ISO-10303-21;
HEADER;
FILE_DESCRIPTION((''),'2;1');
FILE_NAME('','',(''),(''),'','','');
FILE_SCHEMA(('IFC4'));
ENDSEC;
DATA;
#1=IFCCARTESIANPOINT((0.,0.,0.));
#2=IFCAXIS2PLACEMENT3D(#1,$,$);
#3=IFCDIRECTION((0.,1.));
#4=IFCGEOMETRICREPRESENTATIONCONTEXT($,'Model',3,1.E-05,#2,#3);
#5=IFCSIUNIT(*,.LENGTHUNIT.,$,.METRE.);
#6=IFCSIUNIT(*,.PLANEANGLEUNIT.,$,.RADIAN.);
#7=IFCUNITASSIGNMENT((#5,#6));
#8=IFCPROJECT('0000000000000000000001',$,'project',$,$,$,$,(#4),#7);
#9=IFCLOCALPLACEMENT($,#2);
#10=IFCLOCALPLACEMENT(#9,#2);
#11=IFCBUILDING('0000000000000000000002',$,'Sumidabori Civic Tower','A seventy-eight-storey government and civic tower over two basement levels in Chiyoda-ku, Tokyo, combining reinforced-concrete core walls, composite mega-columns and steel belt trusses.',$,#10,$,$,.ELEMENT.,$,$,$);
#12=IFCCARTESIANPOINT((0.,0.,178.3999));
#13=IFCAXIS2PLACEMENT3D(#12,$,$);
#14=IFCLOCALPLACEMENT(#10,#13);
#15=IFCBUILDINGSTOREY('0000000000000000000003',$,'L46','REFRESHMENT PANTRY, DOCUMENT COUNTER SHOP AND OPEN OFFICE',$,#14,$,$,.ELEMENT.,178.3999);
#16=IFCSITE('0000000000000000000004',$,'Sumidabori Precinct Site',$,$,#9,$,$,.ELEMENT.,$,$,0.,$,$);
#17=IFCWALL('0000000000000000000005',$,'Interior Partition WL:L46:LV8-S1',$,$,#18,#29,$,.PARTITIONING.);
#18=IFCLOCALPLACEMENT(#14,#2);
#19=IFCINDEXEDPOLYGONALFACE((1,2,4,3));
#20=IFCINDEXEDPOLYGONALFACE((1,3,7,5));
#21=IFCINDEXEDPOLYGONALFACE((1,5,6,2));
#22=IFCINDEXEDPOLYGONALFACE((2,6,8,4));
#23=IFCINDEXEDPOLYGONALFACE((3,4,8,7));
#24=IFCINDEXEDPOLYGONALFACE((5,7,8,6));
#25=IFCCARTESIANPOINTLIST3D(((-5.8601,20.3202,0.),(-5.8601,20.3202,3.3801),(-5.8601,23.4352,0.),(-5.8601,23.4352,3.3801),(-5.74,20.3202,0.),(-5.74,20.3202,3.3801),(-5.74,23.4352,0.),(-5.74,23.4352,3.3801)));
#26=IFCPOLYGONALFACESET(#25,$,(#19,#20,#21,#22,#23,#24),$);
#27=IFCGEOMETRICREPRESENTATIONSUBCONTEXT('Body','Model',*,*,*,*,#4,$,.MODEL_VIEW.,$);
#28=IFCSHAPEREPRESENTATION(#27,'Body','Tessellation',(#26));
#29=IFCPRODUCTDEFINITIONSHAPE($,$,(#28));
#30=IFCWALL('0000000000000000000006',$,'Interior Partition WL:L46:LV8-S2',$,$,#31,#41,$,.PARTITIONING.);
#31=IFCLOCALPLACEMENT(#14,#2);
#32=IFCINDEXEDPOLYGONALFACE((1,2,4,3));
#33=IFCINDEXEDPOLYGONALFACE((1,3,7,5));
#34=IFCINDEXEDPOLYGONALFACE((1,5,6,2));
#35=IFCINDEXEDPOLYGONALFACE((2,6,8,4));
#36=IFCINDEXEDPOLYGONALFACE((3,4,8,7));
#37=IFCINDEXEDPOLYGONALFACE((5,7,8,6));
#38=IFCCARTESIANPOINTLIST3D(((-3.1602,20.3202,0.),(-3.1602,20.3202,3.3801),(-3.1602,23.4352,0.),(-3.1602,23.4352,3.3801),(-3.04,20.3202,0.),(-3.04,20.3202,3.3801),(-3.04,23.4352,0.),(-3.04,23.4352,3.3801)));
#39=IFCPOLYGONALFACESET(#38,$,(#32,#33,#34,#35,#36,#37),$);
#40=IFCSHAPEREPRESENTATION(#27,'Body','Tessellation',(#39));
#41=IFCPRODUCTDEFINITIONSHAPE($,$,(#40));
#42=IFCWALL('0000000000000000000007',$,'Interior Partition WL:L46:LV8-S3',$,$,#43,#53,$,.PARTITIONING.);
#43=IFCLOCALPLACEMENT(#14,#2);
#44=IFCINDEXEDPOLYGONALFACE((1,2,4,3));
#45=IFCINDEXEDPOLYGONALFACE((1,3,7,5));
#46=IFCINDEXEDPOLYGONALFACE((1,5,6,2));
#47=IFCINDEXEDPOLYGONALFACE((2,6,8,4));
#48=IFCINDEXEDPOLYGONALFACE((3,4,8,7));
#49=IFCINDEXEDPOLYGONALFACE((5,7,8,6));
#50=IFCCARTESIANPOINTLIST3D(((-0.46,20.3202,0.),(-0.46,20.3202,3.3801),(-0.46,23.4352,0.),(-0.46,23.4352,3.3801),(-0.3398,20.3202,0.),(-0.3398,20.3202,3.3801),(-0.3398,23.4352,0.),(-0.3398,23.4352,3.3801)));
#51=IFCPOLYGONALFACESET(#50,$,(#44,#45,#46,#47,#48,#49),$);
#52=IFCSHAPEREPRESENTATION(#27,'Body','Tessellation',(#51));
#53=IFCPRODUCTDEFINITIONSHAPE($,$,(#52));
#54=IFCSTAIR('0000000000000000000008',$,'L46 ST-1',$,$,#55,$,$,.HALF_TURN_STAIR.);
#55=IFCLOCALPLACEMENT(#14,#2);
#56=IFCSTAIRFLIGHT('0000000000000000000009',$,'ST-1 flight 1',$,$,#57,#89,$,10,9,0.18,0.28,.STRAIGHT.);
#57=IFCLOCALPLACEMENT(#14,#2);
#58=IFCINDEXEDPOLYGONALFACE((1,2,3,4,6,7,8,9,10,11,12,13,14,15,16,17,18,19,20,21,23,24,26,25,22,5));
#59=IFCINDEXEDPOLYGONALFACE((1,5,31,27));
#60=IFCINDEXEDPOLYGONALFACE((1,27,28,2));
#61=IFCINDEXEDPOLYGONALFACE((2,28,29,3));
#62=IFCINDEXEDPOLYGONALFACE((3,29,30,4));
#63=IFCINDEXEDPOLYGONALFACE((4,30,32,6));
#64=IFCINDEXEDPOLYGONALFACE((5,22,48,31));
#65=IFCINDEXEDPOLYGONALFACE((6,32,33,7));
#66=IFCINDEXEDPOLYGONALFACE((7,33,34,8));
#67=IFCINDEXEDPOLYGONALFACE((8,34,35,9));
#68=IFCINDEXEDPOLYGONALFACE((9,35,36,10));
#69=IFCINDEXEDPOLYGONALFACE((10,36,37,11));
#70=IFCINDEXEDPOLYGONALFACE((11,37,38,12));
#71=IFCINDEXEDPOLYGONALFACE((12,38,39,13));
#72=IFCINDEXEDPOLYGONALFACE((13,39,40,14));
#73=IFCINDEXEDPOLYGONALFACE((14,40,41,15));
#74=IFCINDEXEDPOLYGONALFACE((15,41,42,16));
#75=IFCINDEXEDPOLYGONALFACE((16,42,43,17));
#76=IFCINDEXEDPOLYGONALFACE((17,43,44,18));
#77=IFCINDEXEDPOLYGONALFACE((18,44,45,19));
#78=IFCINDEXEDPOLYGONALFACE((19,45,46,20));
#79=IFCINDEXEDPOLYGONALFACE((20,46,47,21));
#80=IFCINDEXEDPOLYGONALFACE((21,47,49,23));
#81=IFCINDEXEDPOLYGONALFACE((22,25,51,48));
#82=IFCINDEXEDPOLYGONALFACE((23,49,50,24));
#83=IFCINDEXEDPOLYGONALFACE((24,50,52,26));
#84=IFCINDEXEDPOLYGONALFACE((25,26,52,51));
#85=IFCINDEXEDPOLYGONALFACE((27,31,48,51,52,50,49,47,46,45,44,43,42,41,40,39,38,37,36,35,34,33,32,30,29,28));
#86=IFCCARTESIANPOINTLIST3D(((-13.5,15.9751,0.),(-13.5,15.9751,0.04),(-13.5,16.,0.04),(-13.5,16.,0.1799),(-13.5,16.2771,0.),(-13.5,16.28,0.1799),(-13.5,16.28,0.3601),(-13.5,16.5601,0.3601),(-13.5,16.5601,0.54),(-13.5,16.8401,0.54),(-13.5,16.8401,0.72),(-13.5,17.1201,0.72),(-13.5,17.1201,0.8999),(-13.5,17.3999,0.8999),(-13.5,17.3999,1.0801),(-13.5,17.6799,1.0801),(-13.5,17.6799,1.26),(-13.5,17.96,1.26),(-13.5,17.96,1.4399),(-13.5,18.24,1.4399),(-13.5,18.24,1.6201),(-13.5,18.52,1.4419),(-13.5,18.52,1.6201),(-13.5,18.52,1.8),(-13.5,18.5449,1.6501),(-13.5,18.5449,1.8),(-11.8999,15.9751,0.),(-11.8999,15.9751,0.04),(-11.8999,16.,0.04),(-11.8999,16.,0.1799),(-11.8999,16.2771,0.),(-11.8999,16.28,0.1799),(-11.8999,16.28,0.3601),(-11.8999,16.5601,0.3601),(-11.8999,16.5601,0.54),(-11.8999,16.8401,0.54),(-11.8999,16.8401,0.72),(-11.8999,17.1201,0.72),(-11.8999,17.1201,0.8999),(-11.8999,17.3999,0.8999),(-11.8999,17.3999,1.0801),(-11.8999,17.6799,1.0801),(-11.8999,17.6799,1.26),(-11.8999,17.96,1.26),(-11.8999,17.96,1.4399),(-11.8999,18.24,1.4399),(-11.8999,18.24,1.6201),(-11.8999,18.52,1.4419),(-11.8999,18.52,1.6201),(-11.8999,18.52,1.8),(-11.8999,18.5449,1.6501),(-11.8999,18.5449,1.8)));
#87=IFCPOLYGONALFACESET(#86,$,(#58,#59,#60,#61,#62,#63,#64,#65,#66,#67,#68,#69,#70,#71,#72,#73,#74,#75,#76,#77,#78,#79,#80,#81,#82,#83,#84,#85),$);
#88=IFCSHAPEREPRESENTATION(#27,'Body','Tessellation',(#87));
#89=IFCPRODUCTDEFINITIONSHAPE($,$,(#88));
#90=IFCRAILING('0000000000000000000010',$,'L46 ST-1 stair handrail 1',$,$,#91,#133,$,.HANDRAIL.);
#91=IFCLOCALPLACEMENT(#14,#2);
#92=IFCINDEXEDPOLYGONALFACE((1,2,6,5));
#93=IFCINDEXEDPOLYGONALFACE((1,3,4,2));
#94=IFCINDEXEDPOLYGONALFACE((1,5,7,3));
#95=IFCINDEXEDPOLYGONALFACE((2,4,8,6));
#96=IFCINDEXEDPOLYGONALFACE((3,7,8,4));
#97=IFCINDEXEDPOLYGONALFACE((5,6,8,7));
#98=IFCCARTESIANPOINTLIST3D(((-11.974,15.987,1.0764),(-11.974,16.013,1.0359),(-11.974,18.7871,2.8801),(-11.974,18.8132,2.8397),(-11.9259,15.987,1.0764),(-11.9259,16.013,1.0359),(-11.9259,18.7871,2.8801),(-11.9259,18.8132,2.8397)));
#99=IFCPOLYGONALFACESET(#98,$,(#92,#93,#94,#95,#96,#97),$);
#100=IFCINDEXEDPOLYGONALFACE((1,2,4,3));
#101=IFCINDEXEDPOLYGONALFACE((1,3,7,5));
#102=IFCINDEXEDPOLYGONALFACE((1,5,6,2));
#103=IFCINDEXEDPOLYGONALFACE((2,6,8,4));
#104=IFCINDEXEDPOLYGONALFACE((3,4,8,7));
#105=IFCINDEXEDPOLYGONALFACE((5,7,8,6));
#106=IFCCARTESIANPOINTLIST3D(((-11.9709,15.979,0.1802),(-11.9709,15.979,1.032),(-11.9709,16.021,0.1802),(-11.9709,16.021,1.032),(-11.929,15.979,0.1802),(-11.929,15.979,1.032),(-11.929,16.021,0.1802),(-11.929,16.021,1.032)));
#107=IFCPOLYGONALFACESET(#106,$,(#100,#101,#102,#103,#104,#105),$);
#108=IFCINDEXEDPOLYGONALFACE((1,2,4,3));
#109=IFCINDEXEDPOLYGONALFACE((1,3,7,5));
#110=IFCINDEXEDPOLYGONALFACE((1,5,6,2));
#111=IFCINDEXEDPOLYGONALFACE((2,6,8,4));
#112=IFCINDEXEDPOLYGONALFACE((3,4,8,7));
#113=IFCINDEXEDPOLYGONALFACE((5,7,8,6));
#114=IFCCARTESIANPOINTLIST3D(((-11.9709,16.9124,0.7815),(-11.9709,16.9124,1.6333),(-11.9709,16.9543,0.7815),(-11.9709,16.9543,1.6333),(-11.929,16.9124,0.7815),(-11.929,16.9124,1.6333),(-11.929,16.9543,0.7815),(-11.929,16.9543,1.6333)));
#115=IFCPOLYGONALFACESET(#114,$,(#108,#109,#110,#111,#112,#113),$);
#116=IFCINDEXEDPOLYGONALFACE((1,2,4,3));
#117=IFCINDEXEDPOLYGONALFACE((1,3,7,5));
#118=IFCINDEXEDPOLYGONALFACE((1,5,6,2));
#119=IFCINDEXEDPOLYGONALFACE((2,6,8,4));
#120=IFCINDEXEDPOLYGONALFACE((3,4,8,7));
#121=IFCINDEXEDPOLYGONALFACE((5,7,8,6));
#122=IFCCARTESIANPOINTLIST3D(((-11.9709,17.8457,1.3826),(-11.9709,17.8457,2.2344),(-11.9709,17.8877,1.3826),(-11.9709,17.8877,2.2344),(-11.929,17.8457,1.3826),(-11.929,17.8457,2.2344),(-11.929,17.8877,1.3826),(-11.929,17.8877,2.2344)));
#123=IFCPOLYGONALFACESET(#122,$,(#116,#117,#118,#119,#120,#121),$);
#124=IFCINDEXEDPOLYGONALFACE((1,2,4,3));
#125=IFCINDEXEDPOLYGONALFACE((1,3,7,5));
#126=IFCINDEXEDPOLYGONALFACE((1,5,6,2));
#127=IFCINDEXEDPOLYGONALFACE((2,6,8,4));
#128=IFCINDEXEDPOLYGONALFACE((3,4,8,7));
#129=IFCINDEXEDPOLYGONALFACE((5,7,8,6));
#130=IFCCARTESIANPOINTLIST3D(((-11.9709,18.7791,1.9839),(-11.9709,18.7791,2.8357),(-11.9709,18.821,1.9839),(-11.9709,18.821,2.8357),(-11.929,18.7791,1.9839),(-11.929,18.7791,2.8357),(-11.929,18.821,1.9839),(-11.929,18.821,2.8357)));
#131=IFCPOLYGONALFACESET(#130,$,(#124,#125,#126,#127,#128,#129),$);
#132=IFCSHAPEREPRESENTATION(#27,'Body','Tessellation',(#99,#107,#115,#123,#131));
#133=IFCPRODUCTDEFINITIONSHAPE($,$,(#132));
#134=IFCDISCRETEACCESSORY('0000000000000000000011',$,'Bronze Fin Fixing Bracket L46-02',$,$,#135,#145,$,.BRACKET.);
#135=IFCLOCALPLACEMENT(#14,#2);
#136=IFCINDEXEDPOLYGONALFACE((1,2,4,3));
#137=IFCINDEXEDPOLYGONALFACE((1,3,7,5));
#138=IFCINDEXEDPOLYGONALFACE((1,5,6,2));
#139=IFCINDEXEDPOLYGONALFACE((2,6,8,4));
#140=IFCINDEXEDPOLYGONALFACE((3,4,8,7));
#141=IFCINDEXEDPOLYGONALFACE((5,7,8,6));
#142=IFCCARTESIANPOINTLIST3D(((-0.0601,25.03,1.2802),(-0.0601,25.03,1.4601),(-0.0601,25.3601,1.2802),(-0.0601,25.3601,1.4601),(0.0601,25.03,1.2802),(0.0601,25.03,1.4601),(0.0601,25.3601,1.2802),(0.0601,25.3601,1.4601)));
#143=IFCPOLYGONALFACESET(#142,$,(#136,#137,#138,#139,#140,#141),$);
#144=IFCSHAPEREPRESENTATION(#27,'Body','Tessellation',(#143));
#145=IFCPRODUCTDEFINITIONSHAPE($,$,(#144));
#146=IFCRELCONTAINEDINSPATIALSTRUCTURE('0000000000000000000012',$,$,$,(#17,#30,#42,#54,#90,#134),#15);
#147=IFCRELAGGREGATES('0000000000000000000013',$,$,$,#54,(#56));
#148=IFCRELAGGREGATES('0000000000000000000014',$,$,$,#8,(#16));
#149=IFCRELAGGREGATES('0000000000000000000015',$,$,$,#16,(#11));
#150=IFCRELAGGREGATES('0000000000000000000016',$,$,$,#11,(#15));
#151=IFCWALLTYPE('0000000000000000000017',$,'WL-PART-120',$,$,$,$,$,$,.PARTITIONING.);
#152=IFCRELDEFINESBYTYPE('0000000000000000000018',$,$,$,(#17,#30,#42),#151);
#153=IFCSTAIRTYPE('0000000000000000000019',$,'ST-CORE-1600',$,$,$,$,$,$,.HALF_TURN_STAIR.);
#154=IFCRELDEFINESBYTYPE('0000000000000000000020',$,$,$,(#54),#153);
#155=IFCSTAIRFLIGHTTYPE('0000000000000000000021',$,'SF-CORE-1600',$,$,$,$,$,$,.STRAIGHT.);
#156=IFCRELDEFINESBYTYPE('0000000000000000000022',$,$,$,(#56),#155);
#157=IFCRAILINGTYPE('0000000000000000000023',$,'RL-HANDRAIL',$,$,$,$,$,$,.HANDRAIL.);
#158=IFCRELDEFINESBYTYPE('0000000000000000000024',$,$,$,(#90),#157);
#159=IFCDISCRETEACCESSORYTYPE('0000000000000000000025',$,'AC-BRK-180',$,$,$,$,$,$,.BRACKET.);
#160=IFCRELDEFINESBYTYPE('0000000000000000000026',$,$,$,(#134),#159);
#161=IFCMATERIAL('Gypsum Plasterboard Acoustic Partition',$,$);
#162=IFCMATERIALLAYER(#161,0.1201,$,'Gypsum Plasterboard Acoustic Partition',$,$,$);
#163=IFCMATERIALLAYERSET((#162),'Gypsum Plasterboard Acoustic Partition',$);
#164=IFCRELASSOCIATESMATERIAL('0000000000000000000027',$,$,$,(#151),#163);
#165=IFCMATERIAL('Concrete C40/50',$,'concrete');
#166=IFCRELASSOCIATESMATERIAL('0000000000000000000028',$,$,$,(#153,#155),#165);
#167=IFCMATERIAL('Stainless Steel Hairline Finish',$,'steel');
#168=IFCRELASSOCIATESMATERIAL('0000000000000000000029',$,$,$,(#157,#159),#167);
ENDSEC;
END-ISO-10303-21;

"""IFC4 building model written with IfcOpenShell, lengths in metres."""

from ifc_helpers import new_model, si_unit, direction, frame, frame_2d, origin, origin_2d, place, context, subcontext, project, spatial, polyline, rectangle, outline, extrude, source, transform, mapped, material, layer, layer_set, material_profile, profile_set, type_object, element, aggregate, save


model = new_model("IFC4")

# Units and contexts
model_context = context("Model", 3, precision=1e-05, world=origin(), true_north=direction((0.0, 1.0)))
body_context = subcontext(model_context, "Body", "Model", "MODEL_VIEW")
ifc_project = project(units=[si_unit("LENGTHUNIT", "METRE"), si_unit("PLANEANGLEUNIT", "RADIAN")], contexts=[model_context])

# Site, building, storey
site_placement = place(None, origin())
site = spatial("IfcSite", under=ifc_project, at=site_placement, Name="Sumidabori Precinct Site", CompositionType="ELEMENT", RefElevation=0.0)
building_placement = place(site_placement, origin())
building = spatial("IfcBuilding", under=site, at=building_placement, Name="Sumidabori Civic Tower", Description="A seventy-eight-storey government and civic tower over two basement levels in Chiyoda-ku, Tokyo, combining reinforced-concrete core walls, composite mega-columns and steel belt trusses.", CompositionType="ELEMENT")
storey_placement = place(building_placement, frame((0.0, 0.0, 178.3999)))
storey = spatial("IfcBuildingStorey", under=building, at=storey_placement, Name="L46", Description="REFRESHMENT PANTRY, DOCUMENT COUNTER SHOP AND OPEN OFFICE", CompositionType="ELEMENT", Elevation=178.3999)

# Shared definitions
ifc_material_1 = material(Name="Gypsum Plasterboard Acoustic Partition")

# Walls
ifc_layer_1 = layer(ifc_material_1, 0.1201, Name="Gypsum Plasterboard Acoustic Partition")
ifc_layer_set_1 = layer_set([ifc_layer_1], Name="Gypsum Plasterboard Acoustic Partition")
wall_type_1 = type_object("IfcWallType", Name="WL-PART-120", PredefinedType="PARTITIONING", material=ifc_layer_set_1)
shared_shape_1 = source(origin(), body_context, "Body", "SweptSolid", [
    extrude(rectangle(XDim=3.115, YDim=0.1201, at=frame_2d((1.5576, 0.0))), origin(), (0.0, 0.0, 1.0), 3.3801),
])
for number, where, z_axis, x_axis, name in (
    (1, (-5.8, 20.3201, 0.0), (0.0, 0.0, 1.0), (0.0, 1.0, 0.0), "Interior Partition WL:L46:LV8-S1"),
    (2, (-3.1001, 20.3201, 0.0), (0.0, 0.0, 1.0), (0.0, 1.0, 0.0), "Interior Partition WL:L46:LV8-S2"),
    (3, (-0.3999, 20.3201, 0.0), (0.0, 0.0, 1.0), (0.0, 1.0, 0.0), "Interior Partition WL:L46:LV8-S3"),
):
    element("IfcWall", number, at=place(storey_placement, frame(where, z_axis=z_axis, x_axis=x_axis)), inside=storey, type_object=wall_type_1, Name=name, PredefinedType="PARTITIONING", context=body_context, shape_type="MappedRepresentation", body=[
        mapped(shared_shape_1, transform((0.0, 0.0, 0.0), x_axis=(1.0, 0.0, 0.0), y_axis=(0.0, 1.0, 0.0), z_axis=(0.0, 0.0, 1.0), scale=1.0)),
    ])

# Stair, stair flight
ifc_material_2 = material(Name="Concrete C40/50", Category="concrete")
stair_type = type_object("IfcStairType", Name="ST-CORE-1600", PredefinedType="HALF_TURN_STAIR", material=ifc_material_2)
stair_placement = place(storey_placement, origin())
stair = element("IfcStair", 4, at=stair_placement, inside=storey, type_object=stair_type, Name="L46 ST-1", PredefinedType="HALF_TURN_STAIR")
stair_flight_type = type_object("IfcStairFlightType", Name="SF-CORE-1600", PredefinedType="STRAIGHT", material=ifc_material_2)
shared_shape_2 = source(origin(), body_context, "Body", "SweptSolid", [
    extrude(outline(polyline([(-0.0249, 0.0), (-0.0249, 0.04), (0.0, 0.04), (0.0, 0.1799), (0.28, 0.1799), (0.28, 0.3601), (0.5601, 0.3601), (0.5601, 0.54), (0.8401, 0.54), (0.8401, 0.72), (1.1201, 0.72), (1.1201, 0.8999), (1.3999, 0.8999), (1.3999, 1.0801), (1.6799, 1.0801), (1.6799, 1.26), (1.96, 1.26), (1.96, 1.4399), (2.24, 1.4399), (2.24, 1.6201), (2.52, 1.6201), (2.52, 1.8), (2.5449, 1.8), (2.5449, 1.6501), (2.52, 1.4419), (0.2771, 0.0), (-0.0249, 0.0)])), frame((0.0, 0.8, 0.0), z_axis=(0.0, -1.0, 0.0), x_axis=(1.0, 0.0, 0.0)), (0.0, 0.0, 1.0), 1.6001),
])
stair_flight_placement = place(storey_placement, frame((-12.7, 16.0, 0.0), z_axis=(0.0, 0.0, 1.0), x_axis=(0.0, 1.0, 0.0)))
stair_flight = element("IfcStairFlight", 5, at=stair_flight_placement, type_object=stair_flight_type, Name="ST-1 flight 1", NumberOfRisers=10, NumberOfTreads=9, PredefinedType="STRAIGHT", RiserHeight=0.18, TreadLength=0.28, context=body_context, shape_type="MappedRepresentation", body=[
    mapped(shared_shape_2, transform((0.0, 0.0, 0.0), x_axis=(1.0, 0.0, 0.0), y_axis=(0.0, 1.0, 0.0), z_axis=(0.0, 0.0, 1.0), scale=1.0)),
])
aggregate(stair, [stair_flight])

# Railing
ifc_material_3 = material(Name="Stainless Steel Hairline Finish", Category="steel")
railing_type = type_object("IfcRailingType", Name="RL-HANDRAIL", PredefinedType="HANDRAIL", material=ifc_material_3)
railing_placement = place(storey_placement, frame((-11.95, 16.0, 0.1802)))
element("IfcRailing", 6, at=railing_placement, inside=storey, type_object=railing_type, Name="L46 ST-1 stair handrail 1", PredefinedType="HANDRAIL", context=body_context, shape_type="SweptSolid", body=[
    extrude(rectangle(XDim=0.0481, YDim=0.0481, at=origin_2d()), frame((0.0, 0.0, 0.876), z_axis=(0.0, 0.840676, 0.541539), x_axis=(-1.0, 0.0, 0.0)), (0.0, 0.0, 1.0), 3.3308),
    extrude(rectangle(XDim=0.042, YDim=0.042, at=origin_2d()), origin(), (0.0, 0.0, 1.0), 0.8518),
    extrude(rectangle(XDim=0.042, YDim=0.042, at=origin_2d()), frame((0.0, 0.9333, 0.6013)), (0.0, 0.0, 1.0), 0.8518),
    extrude(rectangle(XDim=0.042, YDim=0.042, at=origin_2d()), frame((0.0, 1.8667, 1.2024)), (0.0, 0.0, 1.0), 0.8518),
    extrude(rectangle(XDim=0.042, YDim=0.042, at=origin_2d()), frame((0.0, 2.8, 1.8037)), (0.0, 0.0, 1.0), 0.8518),
])

# Discrete accessory
ifc_material_profile_1 = material_profile(ifc_material_3, rectangle(XDim=0.1201, YDim=0.1799, at=origin_2d()), Name="STEEL BRACKET 180x120")
ifc_profile_set_1 = profile_set([ifc_material_profile_1], Name="Stainless Steel Hairline Finish")
discrete_accessory_type = type_object("IfcDiscreteAccessoryType", Name="AC-BRK-180", PredefinedType="BRACKET", material=ifc_profile_set_1)
shared_shape_3 = source(origin(), body_context, "Body", "SweptSolid", [
    extrude(rectangle(XDim=0.1201, YDim=0.1799, at=origin_2d()), origin(), (0.0, 0.0, 1.0), 0.3301),
])
discrete_accessory_placement = place(storey_placement, frame((0.0, 25.03, 1.3701), z_axis=(0.0, 1.0, 0.0), x_axis=(-1.0, 0.0, 0.0)))
element("IfcDiscreteAccessory", 7, at=discrete_accessory_placement, inside=storey, type_object=discrete_accessory_type, Name="Bronze Fin Fixing Bracket L46-02", PredefinedType="BRACKET", context=body_context, shape_type="MappedRepresentation", body=[
    mapped(shared_shape_3, transform((0.0, 0.0, 0.0), x_axis=(1.0, 0.0, 0.0), y_axis=(0.0, 1.0, 0.0), z_axis=(0.0, 0.0, 1.0), scale=1.0)),
])

save(model, "model.ifc")
